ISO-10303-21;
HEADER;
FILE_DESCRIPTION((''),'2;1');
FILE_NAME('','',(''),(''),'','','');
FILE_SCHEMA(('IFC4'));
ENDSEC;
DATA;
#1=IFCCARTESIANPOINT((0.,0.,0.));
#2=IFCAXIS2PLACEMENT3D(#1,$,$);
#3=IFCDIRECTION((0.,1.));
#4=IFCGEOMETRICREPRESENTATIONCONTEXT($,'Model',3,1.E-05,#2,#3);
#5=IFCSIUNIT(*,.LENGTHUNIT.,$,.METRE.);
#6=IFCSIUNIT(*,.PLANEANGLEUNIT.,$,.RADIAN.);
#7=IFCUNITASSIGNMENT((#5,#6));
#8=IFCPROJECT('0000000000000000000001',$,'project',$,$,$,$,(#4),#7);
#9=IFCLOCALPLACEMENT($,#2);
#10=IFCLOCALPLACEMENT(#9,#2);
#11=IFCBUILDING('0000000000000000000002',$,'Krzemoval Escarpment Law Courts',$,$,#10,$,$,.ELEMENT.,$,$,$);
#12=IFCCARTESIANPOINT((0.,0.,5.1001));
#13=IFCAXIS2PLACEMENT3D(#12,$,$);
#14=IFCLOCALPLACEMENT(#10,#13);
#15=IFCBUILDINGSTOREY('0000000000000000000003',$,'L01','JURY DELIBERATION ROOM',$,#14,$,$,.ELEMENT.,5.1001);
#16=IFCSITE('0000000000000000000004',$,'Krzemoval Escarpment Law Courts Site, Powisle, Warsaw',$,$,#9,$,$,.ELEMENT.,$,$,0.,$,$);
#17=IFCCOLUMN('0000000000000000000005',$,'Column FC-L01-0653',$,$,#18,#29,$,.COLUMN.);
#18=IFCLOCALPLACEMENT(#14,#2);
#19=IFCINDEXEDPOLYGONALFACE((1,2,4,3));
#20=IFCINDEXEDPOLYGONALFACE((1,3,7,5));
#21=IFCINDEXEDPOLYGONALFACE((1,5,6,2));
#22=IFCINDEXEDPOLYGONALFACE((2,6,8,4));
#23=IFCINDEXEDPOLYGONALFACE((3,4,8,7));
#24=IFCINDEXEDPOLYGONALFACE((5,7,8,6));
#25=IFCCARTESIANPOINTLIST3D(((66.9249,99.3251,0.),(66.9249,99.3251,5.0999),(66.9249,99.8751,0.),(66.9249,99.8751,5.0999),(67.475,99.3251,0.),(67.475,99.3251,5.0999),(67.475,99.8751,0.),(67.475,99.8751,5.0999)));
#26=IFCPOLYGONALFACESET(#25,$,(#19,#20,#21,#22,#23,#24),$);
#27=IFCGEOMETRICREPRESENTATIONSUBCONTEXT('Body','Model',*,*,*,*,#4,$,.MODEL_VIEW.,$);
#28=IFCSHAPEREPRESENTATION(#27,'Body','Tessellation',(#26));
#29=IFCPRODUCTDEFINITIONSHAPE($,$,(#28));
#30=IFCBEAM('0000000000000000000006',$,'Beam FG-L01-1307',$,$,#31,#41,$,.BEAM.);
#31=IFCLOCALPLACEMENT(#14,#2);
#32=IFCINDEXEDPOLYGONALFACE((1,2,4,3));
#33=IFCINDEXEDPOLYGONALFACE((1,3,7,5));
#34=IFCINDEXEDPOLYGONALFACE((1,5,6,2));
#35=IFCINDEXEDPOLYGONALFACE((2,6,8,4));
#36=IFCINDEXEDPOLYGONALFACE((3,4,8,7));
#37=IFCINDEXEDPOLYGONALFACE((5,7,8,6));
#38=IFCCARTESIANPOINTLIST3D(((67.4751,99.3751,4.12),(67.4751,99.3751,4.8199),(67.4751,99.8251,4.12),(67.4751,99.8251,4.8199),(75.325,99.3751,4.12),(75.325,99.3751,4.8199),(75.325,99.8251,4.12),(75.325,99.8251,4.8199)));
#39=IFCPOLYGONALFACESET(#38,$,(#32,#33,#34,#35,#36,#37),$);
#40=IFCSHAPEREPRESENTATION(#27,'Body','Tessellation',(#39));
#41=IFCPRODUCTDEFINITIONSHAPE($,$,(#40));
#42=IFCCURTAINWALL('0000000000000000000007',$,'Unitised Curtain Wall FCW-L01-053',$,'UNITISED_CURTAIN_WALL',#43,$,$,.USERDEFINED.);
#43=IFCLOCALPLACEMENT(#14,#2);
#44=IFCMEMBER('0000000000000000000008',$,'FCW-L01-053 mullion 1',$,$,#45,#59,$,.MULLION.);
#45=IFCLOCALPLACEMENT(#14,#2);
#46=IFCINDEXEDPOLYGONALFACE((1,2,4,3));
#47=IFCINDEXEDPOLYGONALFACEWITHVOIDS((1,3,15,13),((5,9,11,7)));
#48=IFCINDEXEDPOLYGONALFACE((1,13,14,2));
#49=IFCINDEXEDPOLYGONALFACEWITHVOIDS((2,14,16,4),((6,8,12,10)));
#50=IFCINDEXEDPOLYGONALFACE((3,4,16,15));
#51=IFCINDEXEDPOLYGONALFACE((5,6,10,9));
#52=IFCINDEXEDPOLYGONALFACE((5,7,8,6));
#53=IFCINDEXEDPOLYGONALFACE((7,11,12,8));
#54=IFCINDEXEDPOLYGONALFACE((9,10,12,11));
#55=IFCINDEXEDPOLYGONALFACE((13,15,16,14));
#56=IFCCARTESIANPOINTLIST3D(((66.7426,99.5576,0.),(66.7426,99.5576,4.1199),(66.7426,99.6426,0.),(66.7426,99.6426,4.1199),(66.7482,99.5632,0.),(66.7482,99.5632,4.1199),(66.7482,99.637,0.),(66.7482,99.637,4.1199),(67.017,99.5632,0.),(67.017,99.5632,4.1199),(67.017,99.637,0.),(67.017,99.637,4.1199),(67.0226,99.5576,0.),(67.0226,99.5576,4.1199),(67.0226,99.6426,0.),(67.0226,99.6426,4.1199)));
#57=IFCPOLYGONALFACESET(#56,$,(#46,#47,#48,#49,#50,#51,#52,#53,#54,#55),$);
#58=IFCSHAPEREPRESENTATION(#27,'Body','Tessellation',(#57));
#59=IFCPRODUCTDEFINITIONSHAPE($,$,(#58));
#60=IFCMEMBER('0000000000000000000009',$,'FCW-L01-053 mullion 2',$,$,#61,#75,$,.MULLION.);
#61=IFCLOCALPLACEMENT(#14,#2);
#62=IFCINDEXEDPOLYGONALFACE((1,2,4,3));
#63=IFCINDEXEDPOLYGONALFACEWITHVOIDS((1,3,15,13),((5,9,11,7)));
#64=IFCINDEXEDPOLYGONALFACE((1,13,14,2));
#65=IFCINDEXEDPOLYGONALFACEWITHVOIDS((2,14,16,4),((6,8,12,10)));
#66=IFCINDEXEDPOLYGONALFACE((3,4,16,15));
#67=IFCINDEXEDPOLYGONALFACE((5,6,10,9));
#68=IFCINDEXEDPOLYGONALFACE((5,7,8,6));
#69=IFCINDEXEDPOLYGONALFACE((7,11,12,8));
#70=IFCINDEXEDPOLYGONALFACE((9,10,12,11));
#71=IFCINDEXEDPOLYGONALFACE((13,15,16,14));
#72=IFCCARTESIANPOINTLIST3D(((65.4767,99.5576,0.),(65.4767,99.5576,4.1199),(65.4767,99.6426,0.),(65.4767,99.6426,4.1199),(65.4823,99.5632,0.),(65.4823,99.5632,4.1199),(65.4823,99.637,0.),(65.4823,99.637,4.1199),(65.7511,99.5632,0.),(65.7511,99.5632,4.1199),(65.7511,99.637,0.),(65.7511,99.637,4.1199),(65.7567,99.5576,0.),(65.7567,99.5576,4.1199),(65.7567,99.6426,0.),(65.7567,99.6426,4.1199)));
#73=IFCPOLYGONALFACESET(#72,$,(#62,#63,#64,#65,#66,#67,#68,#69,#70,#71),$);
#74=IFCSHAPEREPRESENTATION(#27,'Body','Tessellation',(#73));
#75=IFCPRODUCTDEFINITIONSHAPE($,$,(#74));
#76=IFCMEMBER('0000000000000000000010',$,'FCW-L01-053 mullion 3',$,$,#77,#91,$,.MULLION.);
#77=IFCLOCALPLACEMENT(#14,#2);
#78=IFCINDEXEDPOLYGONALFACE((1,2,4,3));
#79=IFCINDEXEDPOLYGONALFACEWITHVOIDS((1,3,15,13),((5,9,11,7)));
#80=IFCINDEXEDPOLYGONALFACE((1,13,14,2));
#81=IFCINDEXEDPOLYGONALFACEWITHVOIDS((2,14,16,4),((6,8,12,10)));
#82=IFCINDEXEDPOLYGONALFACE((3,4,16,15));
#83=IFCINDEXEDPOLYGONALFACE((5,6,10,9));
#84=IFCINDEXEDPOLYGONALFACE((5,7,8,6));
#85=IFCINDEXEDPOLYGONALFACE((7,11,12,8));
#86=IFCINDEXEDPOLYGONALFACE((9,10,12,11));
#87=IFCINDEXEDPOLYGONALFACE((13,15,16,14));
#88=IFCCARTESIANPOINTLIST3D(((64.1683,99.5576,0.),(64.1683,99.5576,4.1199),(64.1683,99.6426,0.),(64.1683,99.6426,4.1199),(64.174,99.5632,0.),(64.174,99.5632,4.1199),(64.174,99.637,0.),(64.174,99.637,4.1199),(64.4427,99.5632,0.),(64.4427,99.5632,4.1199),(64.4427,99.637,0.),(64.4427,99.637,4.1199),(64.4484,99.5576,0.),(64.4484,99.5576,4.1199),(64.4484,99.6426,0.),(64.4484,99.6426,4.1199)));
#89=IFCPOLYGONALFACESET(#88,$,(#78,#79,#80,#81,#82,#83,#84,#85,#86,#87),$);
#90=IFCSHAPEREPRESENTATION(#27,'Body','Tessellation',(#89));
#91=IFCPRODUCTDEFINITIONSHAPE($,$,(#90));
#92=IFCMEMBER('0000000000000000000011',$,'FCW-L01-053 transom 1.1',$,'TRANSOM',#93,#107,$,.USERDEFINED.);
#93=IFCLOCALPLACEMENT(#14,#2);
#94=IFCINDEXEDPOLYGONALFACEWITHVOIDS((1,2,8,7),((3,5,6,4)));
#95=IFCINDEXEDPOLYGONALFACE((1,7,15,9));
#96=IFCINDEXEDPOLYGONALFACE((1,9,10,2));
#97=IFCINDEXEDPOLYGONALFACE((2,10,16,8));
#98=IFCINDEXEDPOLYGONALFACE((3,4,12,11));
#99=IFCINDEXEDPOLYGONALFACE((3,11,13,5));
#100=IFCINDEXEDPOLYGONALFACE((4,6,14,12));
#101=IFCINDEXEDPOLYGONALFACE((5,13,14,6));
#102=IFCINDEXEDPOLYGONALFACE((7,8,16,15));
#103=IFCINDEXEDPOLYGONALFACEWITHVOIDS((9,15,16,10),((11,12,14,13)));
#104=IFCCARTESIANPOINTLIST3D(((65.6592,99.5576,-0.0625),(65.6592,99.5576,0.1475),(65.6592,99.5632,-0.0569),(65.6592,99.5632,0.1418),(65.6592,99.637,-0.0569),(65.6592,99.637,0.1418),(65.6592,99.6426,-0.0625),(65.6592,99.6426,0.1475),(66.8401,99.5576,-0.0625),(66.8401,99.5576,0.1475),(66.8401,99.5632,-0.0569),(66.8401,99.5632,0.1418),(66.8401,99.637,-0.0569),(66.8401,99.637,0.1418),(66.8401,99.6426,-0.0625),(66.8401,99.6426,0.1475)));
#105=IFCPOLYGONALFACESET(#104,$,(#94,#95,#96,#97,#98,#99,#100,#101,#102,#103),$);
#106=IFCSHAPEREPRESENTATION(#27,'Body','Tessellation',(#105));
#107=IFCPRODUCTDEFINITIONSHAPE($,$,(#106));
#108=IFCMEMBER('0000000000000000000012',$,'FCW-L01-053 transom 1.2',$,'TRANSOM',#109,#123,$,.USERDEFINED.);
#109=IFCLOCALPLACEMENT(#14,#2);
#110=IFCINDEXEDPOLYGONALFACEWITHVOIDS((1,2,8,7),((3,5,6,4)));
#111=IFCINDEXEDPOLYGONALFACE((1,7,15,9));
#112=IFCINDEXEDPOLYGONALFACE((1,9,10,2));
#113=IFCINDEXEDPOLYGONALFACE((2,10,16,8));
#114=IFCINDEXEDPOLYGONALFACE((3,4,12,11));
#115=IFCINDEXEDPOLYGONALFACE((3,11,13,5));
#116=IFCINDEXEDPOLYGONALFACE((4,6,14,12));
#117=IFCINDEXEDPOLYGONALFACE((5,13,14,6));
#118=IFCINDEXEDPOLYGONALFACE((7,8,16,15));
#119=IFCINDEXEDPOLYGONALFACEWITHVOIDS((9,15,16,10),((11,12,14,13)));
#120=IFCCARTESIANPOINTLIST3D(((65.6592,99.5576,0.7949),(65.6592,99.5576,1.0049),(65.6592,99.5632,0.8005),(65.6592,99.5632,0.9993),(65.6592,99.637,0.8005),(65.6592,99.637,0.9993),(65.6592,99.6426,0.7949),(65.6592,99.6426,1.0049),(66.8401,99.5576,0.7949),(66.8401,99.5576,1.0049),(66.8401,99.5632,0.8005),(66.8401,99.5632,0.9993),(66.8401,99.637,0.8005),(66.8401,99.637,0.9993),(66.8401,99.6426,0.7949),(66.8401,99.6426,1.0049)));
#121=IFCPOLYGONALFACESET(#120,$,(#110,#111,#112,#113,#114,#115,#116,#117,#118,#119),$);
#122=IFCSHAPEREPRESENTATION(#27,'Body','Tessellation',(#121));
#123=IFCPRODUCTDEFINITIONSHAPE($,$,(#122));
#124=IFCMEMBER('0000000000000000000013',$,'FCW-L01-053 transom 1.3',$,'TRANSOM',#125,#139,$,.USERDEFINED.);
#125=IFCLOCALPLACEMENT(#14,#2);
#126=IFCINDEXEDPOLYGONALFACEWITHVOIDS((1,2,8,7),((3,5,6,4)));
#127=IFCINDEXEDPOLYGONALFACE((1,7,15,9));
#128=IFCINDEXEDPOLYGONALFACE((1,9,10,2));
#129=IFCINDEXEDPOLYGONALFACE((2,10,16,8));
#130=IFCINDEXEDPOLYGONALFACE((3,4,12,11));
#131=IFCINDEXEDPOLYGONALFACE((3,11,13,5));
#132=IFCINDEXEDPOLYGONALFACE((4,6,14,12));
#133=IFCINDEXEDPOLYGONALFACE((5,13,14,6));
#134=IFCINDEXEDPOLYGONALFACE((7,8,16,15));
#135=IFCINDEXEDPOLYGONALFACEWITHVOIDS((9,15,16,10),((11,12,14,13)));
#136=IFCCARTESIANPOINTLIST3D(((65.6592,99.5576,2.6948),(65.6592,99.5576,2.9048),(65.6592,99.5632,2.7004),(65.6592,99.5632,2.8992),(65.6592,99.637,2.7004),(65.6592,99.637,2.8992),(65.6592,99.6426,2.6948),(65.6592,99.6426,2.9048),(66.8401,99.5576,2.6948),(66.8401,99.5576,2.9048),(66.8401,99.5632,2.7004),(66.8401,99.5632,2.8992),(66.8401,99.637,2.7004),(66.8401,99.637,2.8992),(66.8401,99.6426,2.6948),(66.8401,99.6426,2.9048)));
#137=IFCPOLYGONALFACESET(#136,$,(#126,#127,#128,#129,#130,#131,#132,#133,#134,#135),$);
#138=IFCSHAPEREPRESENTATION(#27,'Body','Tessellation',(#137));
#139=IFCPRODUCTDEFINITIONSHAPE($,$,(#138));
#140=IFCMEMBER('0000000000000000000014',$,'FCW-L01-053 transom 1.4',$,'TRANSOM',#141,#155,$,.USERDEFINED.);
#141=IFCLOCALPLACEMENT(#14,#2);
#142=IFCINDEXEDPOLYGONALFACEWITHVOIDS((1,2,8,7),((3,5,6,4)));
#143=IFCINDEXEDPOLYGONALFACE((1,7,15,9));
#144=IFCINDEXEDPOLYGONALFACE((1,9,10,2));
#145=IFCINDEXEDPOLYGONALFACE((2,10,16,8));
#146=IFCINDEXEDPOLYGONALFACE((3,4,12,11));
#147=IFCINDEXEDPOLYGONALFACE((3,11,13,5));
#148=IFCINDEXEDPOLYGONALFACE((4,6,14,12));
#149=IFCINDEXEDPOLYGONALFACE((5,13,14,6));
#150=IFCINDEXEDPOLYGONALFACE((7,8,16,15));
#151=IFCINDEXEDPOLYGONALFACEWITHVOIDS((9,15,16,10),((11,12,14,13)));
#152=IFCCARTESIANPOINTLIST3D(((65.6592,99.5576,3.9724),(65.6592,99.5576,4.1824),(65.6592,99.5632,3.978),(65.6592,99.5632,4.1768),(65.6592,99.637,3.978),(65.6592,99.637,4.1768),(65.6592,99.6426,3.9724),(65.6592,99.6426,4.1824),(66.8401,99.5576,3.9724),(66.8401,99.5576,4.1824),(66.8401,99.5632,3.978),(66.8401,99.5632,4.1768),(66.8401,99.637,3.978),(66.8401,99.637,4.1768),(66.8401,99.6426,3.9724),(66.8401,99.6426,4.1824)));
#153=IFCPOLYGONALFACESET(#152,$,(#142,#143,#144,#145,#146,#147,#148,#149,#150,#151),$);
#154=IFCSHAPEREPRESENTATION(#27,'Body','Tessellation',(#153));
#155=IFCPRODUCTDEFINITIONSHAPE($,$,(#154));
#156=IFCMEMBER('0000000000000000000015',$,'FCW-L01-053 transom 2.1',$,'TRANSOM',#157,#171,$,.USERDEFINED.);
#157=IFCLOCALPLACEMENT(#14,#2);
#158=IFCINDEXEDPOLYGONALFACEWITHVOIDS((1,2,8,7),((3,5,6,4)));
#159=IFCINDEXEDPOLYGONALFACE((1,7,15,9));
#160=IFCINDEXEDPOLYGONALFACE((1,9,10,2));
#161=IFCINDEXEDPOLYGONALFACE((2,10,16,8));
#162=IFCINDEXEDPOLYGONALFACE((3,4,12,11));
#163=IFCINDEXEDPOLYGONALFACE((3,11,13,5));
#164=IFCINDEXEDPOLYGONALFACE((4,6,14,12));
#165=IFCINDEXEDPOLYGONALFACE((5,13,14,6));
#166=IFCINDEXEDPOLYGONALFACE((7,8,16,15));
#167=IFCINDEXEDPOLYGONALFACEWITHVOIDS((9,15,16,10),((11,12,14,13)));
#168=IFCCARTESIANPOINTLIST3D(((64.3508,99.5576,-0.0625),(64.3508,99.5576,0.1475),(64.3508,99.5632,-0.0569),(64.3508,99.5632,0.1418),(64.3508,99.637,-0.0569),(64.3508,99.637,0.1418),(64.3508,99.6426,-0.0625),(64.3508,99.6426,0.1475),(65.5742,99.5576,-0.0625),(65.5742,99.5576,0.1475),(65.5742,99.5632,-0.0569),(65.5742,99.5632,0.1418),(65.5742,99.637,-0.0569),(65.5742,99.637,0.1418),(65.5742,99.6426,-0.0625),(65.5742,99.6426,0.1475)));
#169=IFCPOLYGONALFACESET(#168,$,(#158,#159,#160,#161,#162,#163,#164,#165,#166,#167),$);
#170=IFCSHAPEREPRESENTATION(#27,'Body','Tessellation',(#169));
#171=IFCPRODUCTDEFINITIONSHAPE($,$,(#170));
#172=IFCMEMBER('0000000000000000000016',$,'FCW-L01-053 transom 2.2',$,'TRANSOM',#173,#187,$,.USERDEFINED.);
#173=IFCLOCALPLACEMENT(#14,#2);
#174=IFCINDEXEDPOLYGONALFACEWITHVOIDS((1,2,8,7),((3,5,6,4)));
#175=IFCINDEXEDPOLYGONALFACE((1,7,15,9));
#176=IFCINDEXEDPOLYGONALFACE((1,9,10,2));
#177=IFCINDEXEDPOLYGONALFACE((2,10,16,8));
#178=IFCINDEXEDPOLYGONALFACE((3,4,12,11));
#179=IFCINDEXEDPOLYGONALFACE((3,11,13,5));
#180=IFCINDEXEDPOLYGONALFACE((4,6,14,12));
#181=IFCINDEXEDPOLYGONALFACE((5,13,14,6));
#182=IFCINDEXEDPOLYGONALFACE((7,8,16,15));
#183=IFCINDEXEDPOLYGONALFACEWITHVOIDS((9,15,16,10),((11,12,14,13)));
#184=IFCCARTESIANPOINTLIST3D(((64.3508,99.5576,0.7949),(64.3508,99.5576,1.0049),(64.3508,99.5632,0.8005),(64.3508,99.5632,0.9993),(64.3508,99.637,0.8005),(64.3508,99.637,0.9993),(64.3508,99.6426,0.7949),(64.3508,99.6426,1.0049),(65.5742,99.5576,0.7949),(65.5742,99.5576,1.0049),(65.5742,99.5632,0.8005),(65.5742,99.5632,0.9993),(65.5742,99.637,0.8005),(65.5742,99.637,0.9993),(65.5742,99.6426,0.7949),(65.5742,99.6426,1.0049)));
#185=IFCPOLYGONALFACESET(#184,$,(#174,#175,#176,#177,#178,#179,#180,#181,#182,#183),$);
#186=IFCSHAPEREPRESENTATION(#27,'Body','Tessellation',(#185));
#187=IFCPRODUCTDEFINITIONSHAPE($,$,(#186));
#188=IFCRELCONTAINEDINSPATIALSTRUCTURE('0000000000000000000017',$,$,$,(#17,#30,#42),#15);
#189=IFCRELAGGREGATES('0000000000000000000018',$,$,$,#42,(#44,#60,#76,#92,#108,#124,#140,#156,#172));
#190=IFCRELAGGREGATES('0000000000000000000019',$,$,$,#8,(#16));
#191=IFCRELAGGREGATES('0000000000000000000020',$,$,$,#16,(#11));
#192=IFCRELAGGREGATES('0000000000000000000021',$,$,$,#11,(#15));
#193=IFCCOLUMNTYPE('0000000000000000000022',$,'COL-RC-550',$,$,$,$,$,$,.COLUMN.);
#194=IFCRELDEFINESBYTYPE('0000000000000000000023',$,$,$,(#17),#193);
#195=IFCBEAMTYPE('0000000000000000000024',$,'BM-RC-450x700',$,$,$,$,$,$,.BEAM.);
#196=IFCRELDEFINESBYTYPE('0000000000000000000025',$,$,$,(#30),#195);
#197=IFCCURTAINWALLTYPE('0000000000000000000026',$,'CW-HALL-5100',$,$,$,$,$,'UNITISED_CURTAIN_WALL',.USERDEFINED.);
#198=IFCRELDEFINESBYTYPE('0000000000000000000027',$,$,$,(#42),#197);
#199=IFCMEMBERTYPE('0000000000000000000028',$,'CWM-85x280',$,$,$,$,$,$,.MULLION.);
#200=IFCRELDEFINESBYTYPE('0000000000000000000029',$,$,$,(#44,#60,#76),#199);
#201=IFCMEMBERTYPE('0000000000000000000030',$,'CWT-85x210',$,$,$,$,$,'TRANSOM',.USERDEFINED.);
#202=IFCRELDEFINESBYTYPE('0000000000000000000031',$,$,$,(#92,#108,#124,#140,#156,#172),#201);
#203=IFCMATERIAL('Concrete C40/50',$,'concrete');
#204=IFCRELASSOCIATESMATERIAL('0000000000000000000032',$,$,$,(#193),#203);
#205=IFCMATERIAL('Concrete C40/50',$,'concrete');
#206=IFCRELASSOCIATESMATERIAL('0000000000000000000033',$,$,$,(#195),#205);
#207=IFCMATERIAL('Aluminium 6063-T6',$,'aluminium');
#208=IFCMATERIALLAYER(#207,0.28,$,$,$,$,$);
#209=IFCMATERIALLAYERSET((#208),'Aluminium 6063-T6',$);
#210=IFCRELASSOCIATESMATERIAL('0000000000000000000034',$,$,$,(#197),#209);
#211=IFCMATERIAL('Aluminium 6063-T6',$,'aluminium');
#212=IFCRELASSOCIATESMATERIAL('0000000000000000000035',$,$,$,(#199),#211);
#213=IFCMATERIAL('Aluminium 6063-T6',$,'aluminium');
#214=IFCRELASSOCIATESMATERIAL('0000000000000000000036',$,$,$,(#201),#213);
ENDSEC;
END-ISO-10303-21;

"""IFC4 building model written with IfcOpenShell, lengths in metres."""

from ifc_helpers import new_model, si_unit, direction, frame, origin, origin_2d, place, context, subcontext, project, spatial, rectangle, hollow_rectangle, extrude, material, layer, layer_set, material_profile, profile_set, type_object, element, aggregate, save


model = new_model("IFC4")

# Units and contexts
model_context = context("Model", 3, precision=1e-05, world=origin(), true_north=direction((0.0, 1.0)))
body_context = subcontext(model_context, "Body", "Model", "MODEL_VIEW")
ifc_project = project(units=[si_unit("LENGTHUNIT", "METRE"), si_unit("PLANEANGLEUNIT", "RADIAN")], contexts=[model_context])

# Site, building, storey
site_placement = place(None, origin())
site = spatial("IfcSite", under=ifc_project, at=site_placement, Name="Krzemoval Escarpment Law Courts Site, Powisle, Warsaw", CompositionType="ELEMENT", RefElevation=0.0)
building_placement = place(site_placement, origin())
building = spatial("IfcBuilding", under=site, at=building_placement, Name="Krzemoval Escarpment Law Courts", CompositionType="ELEMENT")
storey_placement = place(building_placement, frame((0.0, 0.0, 5.1001)))
storey = spatial("IfcBuildingStorey", under=building, at=storey_placement, Name="L01", Description="JURY DELIBERATION ROOM", CompositionType="ELEMENT", Elevation=5.1001)

# Column
ifc_material_1 = material(Name="Concrete C40/50", Category="concrete")
ifc_material_profile_1 = material_profile(ifc_material_1, rectangle(XDim=0.55, YDim=0.55, at=origin_2d()), Name="RC 550x550")
ifc_profile_set_1 = profile_set([ifc_material_profile_1], Name="Concrete C40/50")
column_type = type_object("IfcColumnType", Name="COL-RC-550", PredefinedType="COLUMN", material=ifc_profile_set_1)
column_placement = place(storey_placement, frame((67.2, 99.6001, 0.0), z_axis=(0.0, 0.0, 1.0), x_axis=(1.0, 0.0, 0.0)))
element("IfcColumn", 1, at=column_placement, inside=storey, type_object=column_type, Name="Column FC-L01-0653", PredefinedType="COLUMN", context=body_context, shape_type="SweptSolid", body=[
    extrude(rectangle(XDim=0.55, YDim=0.55, at=origin_2d()), origin(), (0.0, 0.0, 1.0), 5.0999),
])

# Beam
ifc_material_2 = material(Name="Concrete C40/50", Category="concrete")
ifc_material_profile_2 = material_profile(ifc_material_2, rectangle(XDim=0.45, YDim=0.7, at=origin_2d()), Name="RCB 450x700")
ifc_profile_set_2 = profile_set([ifc_material_profile_2], Name="Concrete C40/50")
beam_type = type_object("IfcBeamType", Name="BM-RC-450x700", PredefinedType="BEAM", material=ifc_profile_set_2)
beam_placement = place(storey_placement, frame((67.4751, 99.6001, 4.47), z_axis=(1.0, 0.0, 0.0), x_axis=(0.0, 1.0, 0.0)))
element("IfcBeam", 2, at=beam_placement, inside=storey, type_object=beam_type, Name="Beam FG-L01-1307", PredefinedType="BEAM", context=body_context, shape_type="SweptSolid", body=[
    extrude(rectangle(XDim=0.45, YDim=0.7, at=origin_2d()), origin(), (0.0, 0.0, 1.0), 7.8499),
])

# Curtain wall, members
ifc_material_3 = material(Name="Aluminium 6063-T6", Category="aluminium")
ifc_layer_1 = layer(ifc_material_3, 0.28)
ifc_layer_set_1 = layer_set([ifc_layer_1], Name="Aluminium 6063-T6")
curtain_wall_type = type_object("IfcCurtainWallType", Name="CW-HALL-5100", ElementType="UNITISED_CURTAIN_WALL", PredefinedType="USERDEFINED", material=ifc_layer_set_1)
curtain_wall_placement = place(storey_placement, origin())
curtain_wall = element("IfcCurtainWall", 3, at=curtain_wall_placement, inside=storey, type_object=curtain_wall_type, Name="Unitised Curtain Wall FCW-L01-053", ObjectType="UNITISED_CURTAIN_WALL", PredefinedType="USERDEFINED")
ifc_material_4 = material(Name="Aluminium 6063-T6", Category="aluminium")
ifc_material_profile_3 = material_profile(ifc_material_4, hollow_rectangle(XDim=0.085, YDim=0.28, WallThickness=0.0056, at=origin_2d()), Name="ALU M85x280")
ifc_profile_set_3 = profile_set([ifc_material_profile_3], Name="Aluminium 6063-T6")
member_type_1 = type_object("IfcMemberType", Name="CWM-85x280", PredefinedType="MULLION", material=ifc_profile_set_3)
member_1_placement = place(storey_placement, frame((66.8826, 99.6001, 0.0), z_axis=(0.0, 0.0, 1.0), x_axis=(0.0, -1.0, 0.0)))
member_1 = element("IfcMember", 4, at=member_1_placement, type_object=member_type_1, Name="FCW-L01-053 mullion 1", PredefinedType="MULLION", context=body_context, shape_type="SweptSolid", body=[
    extrude(hollow_rectangle(XDim=0.085, YDim=0.28, WallThickness=0.0056, at=origin_2d()), origin(), (0.0, 0.0, 1.0), 4.1199),
])
member_2_placement = place(storey_placement, frame((65.6167, 99.6001, 0.0), z_axis=(0.0, 0.0, 1.0), x_axis=(0.0, -1.0, 0.0)))
member_2 = element("IfcMember", 5, at=member_2_placement, type_object=member_type_1, Name="FCW-L01-053 mullion 2", PredefinedType="MULLION", context=body_context, shape_type="SweptSolid", body=[
    extrude(hollow_rectangle(XDim=0.085, YDim=0.28, WallThickness=0.0056, at=origin_2d()), origin(), (0.0, 0.0, 1.0), 4.1199),
])
member_3_placement = place(storey_placement, frame((64.3083, 99.6001, 0.0), z_axis=(0.0, 0.0, 1.0), x_axis=(0.0, -1.0, 0.0)))
member_3 = element("IfcMember", 6, at=member_3_placement, type_object=member_type_1, Name="FCW-L01-053 mullion 3", PredefinedType="MULLION", context=body_context, shape_type="SweptSolid", body=[
    extrude(hollow_rectangle(XDim=0.085, YDim=0.28, WallThickness=0.0056, at=origin_2d()), origin(), (0.0, 0.0, 1.0), 4.1199),
])
ifc_material_5 = material(Name="Aluminium 6063-T6", Category="aluminium")
ifc_material_profile_4 = material_profile(ifc_material_5, hollow_rectangle(XDim=0.085, YDim=0.21, WallThickness=0.0056, at=origin_2d()), Name="ALU T85x210")
ifc_profile_set_4 = profile_set([ifc_material_profile_4], Name="Aluminium 6063-T6")
member_type_2 = type_object("IfcMemberType", Name="CWT-85x210", ElementType="TRANSOM", PredefinedType="USERDEFINED", material=ifc_profile_set_4)
member_4_placement = place(storey_placement, frame((66.8401, 99.6001, 0.0425), z_axis=(-1.0, 0.0, 0.0), x_axis=(0.0, -1.0, 0.0)))
member_4 = element("IfcMember", 7, at=member_4_placement, type_object=member_type_2, Name="FCW-L01-053 transom 1.1", ObjectType="TRANSOM", PredefinedType="USERDEFINED", context=body_context, shape_type="SweptSolid", body=[
    extrude(hollow_rectangle(XDim=0.085, YDim=0.21, WallThickness=0.0056, at=origin_2d()), origin(), (0.0, 0.0, 1.0), 1.1809),
])
member_5_placement = place(storey_placement, frame((66.8401, 99.6001, 0.8999), z_axis=(-1.0, 0.0, 0.0), x_axis=(0.0, -1.0, 0.0)))
member_5 = element("IfcMember", 8, at=member_5_placement, type_object=member_type_2, Name="FCW-L01-053 transom 1.2", ObjectType="TRANSOM", PredefinedType="USERDEFINED", context=body_context, shape_type="SweptSolid", body=[
    extrude(hollow_rectangle(XDim=0.085, YDim=0.21, WallThickness=0.0056, at=origin_2d()), origin(), (0.0, 0.0, 1.0), 1.1809),
])
member_6_placement = place(storey_placement, frame((66.8401, 99.6001, 2.7998), z_axis=(-1.0, 0.0, 0.0), x_axis=(0.0, -1.0, 0.0)))
member_6 = element("IfcMember", 9, at=member_6_placement, type_object=member_type_2, Name="FCW-L01-053 transom 1.3", ObjectType="TRANSOM", PredefinedType="USERDEFINED", context=body_context, shape_type="SweptSolid", body=[
    extrude(hollow_rectangle(XDim=0.085, YDim=0.21, WallThickness=0.0056, at=origin_2d()), origin(), (0.0, 0.0, 1.0), 1.1809),
])
member_7_placement = place(storey_placement, frame((66.8401, 99.6001, 4.0774), z_axis=(-1.0, 0.0, 0.0), x_axis=(0.0, -1.0, 0.0)))
member_7 = element("IfcMember", 10, at=member_7_placement, type_object=member_type_2, Name="FCW-L01-053 transom 1.4", ObjectType="TRANSOM", PredefinedType="USERDEFINED", context=body_context, shape_type="SweptSolid", body=[
    extrude(hollow_rectangle(XDim=0.085, YDim=0.21, WallThickness=0.0056, at=origin_2d()), origin(), (0.0, 0.0, 1.0), 1.1809),
])
member_8_placement = place(storey_placement, frame((65.5742, 99.6001, 0.0425), z_axis=(-1.0, 0.0, 0.0), x_axis=(0.0, -1.0, 0.0)))
member_8 = element("IfcMember", 11, at=member_8_placement, type_object=member_type_2, Name="FCW-L01-053 transom 2.1", ObjectType="TRANSOM", PredefinedType="USERDEFINED", context=body_context, shape_type="SweptSolid", body=[
    extrude(hollow_rectangle(XDim=0.085, YDim=0.21, WallThickness=0.0056, at=origin_2d()), origin(), (0.0, 0.0, 1.0), 1.2234),
])
member_9_placement = place(storey_placement, frame((65.5742, 99.6001, 0.8999), z_axis=(-1.0, 0.0, 0.0), x_axis=(0.0, -1.0, 0.0)))
member_9 = element("IfcMember", 12, at=member_9_placement, type_object=member_type_2, Name="FCW-L01-053 transom 2.2", ObjectType="TRANSOM", PredefinedType="USERDEFINED", context=body_context, shape_type="SweptSolid", body=[
    extrude(hollow_rectangle(XDim=0.085, YDim=0.21, WallThickness=0.0056, at=origin_2d()), origin(), (0.0, 0.0, 1.0), 1.2234),
])

aggregate(curtain_wall, [member_1, member_2, member_3, member_4, member_5, member_6, member_7, member_8, member_9])

save(model, "model.ifc")
